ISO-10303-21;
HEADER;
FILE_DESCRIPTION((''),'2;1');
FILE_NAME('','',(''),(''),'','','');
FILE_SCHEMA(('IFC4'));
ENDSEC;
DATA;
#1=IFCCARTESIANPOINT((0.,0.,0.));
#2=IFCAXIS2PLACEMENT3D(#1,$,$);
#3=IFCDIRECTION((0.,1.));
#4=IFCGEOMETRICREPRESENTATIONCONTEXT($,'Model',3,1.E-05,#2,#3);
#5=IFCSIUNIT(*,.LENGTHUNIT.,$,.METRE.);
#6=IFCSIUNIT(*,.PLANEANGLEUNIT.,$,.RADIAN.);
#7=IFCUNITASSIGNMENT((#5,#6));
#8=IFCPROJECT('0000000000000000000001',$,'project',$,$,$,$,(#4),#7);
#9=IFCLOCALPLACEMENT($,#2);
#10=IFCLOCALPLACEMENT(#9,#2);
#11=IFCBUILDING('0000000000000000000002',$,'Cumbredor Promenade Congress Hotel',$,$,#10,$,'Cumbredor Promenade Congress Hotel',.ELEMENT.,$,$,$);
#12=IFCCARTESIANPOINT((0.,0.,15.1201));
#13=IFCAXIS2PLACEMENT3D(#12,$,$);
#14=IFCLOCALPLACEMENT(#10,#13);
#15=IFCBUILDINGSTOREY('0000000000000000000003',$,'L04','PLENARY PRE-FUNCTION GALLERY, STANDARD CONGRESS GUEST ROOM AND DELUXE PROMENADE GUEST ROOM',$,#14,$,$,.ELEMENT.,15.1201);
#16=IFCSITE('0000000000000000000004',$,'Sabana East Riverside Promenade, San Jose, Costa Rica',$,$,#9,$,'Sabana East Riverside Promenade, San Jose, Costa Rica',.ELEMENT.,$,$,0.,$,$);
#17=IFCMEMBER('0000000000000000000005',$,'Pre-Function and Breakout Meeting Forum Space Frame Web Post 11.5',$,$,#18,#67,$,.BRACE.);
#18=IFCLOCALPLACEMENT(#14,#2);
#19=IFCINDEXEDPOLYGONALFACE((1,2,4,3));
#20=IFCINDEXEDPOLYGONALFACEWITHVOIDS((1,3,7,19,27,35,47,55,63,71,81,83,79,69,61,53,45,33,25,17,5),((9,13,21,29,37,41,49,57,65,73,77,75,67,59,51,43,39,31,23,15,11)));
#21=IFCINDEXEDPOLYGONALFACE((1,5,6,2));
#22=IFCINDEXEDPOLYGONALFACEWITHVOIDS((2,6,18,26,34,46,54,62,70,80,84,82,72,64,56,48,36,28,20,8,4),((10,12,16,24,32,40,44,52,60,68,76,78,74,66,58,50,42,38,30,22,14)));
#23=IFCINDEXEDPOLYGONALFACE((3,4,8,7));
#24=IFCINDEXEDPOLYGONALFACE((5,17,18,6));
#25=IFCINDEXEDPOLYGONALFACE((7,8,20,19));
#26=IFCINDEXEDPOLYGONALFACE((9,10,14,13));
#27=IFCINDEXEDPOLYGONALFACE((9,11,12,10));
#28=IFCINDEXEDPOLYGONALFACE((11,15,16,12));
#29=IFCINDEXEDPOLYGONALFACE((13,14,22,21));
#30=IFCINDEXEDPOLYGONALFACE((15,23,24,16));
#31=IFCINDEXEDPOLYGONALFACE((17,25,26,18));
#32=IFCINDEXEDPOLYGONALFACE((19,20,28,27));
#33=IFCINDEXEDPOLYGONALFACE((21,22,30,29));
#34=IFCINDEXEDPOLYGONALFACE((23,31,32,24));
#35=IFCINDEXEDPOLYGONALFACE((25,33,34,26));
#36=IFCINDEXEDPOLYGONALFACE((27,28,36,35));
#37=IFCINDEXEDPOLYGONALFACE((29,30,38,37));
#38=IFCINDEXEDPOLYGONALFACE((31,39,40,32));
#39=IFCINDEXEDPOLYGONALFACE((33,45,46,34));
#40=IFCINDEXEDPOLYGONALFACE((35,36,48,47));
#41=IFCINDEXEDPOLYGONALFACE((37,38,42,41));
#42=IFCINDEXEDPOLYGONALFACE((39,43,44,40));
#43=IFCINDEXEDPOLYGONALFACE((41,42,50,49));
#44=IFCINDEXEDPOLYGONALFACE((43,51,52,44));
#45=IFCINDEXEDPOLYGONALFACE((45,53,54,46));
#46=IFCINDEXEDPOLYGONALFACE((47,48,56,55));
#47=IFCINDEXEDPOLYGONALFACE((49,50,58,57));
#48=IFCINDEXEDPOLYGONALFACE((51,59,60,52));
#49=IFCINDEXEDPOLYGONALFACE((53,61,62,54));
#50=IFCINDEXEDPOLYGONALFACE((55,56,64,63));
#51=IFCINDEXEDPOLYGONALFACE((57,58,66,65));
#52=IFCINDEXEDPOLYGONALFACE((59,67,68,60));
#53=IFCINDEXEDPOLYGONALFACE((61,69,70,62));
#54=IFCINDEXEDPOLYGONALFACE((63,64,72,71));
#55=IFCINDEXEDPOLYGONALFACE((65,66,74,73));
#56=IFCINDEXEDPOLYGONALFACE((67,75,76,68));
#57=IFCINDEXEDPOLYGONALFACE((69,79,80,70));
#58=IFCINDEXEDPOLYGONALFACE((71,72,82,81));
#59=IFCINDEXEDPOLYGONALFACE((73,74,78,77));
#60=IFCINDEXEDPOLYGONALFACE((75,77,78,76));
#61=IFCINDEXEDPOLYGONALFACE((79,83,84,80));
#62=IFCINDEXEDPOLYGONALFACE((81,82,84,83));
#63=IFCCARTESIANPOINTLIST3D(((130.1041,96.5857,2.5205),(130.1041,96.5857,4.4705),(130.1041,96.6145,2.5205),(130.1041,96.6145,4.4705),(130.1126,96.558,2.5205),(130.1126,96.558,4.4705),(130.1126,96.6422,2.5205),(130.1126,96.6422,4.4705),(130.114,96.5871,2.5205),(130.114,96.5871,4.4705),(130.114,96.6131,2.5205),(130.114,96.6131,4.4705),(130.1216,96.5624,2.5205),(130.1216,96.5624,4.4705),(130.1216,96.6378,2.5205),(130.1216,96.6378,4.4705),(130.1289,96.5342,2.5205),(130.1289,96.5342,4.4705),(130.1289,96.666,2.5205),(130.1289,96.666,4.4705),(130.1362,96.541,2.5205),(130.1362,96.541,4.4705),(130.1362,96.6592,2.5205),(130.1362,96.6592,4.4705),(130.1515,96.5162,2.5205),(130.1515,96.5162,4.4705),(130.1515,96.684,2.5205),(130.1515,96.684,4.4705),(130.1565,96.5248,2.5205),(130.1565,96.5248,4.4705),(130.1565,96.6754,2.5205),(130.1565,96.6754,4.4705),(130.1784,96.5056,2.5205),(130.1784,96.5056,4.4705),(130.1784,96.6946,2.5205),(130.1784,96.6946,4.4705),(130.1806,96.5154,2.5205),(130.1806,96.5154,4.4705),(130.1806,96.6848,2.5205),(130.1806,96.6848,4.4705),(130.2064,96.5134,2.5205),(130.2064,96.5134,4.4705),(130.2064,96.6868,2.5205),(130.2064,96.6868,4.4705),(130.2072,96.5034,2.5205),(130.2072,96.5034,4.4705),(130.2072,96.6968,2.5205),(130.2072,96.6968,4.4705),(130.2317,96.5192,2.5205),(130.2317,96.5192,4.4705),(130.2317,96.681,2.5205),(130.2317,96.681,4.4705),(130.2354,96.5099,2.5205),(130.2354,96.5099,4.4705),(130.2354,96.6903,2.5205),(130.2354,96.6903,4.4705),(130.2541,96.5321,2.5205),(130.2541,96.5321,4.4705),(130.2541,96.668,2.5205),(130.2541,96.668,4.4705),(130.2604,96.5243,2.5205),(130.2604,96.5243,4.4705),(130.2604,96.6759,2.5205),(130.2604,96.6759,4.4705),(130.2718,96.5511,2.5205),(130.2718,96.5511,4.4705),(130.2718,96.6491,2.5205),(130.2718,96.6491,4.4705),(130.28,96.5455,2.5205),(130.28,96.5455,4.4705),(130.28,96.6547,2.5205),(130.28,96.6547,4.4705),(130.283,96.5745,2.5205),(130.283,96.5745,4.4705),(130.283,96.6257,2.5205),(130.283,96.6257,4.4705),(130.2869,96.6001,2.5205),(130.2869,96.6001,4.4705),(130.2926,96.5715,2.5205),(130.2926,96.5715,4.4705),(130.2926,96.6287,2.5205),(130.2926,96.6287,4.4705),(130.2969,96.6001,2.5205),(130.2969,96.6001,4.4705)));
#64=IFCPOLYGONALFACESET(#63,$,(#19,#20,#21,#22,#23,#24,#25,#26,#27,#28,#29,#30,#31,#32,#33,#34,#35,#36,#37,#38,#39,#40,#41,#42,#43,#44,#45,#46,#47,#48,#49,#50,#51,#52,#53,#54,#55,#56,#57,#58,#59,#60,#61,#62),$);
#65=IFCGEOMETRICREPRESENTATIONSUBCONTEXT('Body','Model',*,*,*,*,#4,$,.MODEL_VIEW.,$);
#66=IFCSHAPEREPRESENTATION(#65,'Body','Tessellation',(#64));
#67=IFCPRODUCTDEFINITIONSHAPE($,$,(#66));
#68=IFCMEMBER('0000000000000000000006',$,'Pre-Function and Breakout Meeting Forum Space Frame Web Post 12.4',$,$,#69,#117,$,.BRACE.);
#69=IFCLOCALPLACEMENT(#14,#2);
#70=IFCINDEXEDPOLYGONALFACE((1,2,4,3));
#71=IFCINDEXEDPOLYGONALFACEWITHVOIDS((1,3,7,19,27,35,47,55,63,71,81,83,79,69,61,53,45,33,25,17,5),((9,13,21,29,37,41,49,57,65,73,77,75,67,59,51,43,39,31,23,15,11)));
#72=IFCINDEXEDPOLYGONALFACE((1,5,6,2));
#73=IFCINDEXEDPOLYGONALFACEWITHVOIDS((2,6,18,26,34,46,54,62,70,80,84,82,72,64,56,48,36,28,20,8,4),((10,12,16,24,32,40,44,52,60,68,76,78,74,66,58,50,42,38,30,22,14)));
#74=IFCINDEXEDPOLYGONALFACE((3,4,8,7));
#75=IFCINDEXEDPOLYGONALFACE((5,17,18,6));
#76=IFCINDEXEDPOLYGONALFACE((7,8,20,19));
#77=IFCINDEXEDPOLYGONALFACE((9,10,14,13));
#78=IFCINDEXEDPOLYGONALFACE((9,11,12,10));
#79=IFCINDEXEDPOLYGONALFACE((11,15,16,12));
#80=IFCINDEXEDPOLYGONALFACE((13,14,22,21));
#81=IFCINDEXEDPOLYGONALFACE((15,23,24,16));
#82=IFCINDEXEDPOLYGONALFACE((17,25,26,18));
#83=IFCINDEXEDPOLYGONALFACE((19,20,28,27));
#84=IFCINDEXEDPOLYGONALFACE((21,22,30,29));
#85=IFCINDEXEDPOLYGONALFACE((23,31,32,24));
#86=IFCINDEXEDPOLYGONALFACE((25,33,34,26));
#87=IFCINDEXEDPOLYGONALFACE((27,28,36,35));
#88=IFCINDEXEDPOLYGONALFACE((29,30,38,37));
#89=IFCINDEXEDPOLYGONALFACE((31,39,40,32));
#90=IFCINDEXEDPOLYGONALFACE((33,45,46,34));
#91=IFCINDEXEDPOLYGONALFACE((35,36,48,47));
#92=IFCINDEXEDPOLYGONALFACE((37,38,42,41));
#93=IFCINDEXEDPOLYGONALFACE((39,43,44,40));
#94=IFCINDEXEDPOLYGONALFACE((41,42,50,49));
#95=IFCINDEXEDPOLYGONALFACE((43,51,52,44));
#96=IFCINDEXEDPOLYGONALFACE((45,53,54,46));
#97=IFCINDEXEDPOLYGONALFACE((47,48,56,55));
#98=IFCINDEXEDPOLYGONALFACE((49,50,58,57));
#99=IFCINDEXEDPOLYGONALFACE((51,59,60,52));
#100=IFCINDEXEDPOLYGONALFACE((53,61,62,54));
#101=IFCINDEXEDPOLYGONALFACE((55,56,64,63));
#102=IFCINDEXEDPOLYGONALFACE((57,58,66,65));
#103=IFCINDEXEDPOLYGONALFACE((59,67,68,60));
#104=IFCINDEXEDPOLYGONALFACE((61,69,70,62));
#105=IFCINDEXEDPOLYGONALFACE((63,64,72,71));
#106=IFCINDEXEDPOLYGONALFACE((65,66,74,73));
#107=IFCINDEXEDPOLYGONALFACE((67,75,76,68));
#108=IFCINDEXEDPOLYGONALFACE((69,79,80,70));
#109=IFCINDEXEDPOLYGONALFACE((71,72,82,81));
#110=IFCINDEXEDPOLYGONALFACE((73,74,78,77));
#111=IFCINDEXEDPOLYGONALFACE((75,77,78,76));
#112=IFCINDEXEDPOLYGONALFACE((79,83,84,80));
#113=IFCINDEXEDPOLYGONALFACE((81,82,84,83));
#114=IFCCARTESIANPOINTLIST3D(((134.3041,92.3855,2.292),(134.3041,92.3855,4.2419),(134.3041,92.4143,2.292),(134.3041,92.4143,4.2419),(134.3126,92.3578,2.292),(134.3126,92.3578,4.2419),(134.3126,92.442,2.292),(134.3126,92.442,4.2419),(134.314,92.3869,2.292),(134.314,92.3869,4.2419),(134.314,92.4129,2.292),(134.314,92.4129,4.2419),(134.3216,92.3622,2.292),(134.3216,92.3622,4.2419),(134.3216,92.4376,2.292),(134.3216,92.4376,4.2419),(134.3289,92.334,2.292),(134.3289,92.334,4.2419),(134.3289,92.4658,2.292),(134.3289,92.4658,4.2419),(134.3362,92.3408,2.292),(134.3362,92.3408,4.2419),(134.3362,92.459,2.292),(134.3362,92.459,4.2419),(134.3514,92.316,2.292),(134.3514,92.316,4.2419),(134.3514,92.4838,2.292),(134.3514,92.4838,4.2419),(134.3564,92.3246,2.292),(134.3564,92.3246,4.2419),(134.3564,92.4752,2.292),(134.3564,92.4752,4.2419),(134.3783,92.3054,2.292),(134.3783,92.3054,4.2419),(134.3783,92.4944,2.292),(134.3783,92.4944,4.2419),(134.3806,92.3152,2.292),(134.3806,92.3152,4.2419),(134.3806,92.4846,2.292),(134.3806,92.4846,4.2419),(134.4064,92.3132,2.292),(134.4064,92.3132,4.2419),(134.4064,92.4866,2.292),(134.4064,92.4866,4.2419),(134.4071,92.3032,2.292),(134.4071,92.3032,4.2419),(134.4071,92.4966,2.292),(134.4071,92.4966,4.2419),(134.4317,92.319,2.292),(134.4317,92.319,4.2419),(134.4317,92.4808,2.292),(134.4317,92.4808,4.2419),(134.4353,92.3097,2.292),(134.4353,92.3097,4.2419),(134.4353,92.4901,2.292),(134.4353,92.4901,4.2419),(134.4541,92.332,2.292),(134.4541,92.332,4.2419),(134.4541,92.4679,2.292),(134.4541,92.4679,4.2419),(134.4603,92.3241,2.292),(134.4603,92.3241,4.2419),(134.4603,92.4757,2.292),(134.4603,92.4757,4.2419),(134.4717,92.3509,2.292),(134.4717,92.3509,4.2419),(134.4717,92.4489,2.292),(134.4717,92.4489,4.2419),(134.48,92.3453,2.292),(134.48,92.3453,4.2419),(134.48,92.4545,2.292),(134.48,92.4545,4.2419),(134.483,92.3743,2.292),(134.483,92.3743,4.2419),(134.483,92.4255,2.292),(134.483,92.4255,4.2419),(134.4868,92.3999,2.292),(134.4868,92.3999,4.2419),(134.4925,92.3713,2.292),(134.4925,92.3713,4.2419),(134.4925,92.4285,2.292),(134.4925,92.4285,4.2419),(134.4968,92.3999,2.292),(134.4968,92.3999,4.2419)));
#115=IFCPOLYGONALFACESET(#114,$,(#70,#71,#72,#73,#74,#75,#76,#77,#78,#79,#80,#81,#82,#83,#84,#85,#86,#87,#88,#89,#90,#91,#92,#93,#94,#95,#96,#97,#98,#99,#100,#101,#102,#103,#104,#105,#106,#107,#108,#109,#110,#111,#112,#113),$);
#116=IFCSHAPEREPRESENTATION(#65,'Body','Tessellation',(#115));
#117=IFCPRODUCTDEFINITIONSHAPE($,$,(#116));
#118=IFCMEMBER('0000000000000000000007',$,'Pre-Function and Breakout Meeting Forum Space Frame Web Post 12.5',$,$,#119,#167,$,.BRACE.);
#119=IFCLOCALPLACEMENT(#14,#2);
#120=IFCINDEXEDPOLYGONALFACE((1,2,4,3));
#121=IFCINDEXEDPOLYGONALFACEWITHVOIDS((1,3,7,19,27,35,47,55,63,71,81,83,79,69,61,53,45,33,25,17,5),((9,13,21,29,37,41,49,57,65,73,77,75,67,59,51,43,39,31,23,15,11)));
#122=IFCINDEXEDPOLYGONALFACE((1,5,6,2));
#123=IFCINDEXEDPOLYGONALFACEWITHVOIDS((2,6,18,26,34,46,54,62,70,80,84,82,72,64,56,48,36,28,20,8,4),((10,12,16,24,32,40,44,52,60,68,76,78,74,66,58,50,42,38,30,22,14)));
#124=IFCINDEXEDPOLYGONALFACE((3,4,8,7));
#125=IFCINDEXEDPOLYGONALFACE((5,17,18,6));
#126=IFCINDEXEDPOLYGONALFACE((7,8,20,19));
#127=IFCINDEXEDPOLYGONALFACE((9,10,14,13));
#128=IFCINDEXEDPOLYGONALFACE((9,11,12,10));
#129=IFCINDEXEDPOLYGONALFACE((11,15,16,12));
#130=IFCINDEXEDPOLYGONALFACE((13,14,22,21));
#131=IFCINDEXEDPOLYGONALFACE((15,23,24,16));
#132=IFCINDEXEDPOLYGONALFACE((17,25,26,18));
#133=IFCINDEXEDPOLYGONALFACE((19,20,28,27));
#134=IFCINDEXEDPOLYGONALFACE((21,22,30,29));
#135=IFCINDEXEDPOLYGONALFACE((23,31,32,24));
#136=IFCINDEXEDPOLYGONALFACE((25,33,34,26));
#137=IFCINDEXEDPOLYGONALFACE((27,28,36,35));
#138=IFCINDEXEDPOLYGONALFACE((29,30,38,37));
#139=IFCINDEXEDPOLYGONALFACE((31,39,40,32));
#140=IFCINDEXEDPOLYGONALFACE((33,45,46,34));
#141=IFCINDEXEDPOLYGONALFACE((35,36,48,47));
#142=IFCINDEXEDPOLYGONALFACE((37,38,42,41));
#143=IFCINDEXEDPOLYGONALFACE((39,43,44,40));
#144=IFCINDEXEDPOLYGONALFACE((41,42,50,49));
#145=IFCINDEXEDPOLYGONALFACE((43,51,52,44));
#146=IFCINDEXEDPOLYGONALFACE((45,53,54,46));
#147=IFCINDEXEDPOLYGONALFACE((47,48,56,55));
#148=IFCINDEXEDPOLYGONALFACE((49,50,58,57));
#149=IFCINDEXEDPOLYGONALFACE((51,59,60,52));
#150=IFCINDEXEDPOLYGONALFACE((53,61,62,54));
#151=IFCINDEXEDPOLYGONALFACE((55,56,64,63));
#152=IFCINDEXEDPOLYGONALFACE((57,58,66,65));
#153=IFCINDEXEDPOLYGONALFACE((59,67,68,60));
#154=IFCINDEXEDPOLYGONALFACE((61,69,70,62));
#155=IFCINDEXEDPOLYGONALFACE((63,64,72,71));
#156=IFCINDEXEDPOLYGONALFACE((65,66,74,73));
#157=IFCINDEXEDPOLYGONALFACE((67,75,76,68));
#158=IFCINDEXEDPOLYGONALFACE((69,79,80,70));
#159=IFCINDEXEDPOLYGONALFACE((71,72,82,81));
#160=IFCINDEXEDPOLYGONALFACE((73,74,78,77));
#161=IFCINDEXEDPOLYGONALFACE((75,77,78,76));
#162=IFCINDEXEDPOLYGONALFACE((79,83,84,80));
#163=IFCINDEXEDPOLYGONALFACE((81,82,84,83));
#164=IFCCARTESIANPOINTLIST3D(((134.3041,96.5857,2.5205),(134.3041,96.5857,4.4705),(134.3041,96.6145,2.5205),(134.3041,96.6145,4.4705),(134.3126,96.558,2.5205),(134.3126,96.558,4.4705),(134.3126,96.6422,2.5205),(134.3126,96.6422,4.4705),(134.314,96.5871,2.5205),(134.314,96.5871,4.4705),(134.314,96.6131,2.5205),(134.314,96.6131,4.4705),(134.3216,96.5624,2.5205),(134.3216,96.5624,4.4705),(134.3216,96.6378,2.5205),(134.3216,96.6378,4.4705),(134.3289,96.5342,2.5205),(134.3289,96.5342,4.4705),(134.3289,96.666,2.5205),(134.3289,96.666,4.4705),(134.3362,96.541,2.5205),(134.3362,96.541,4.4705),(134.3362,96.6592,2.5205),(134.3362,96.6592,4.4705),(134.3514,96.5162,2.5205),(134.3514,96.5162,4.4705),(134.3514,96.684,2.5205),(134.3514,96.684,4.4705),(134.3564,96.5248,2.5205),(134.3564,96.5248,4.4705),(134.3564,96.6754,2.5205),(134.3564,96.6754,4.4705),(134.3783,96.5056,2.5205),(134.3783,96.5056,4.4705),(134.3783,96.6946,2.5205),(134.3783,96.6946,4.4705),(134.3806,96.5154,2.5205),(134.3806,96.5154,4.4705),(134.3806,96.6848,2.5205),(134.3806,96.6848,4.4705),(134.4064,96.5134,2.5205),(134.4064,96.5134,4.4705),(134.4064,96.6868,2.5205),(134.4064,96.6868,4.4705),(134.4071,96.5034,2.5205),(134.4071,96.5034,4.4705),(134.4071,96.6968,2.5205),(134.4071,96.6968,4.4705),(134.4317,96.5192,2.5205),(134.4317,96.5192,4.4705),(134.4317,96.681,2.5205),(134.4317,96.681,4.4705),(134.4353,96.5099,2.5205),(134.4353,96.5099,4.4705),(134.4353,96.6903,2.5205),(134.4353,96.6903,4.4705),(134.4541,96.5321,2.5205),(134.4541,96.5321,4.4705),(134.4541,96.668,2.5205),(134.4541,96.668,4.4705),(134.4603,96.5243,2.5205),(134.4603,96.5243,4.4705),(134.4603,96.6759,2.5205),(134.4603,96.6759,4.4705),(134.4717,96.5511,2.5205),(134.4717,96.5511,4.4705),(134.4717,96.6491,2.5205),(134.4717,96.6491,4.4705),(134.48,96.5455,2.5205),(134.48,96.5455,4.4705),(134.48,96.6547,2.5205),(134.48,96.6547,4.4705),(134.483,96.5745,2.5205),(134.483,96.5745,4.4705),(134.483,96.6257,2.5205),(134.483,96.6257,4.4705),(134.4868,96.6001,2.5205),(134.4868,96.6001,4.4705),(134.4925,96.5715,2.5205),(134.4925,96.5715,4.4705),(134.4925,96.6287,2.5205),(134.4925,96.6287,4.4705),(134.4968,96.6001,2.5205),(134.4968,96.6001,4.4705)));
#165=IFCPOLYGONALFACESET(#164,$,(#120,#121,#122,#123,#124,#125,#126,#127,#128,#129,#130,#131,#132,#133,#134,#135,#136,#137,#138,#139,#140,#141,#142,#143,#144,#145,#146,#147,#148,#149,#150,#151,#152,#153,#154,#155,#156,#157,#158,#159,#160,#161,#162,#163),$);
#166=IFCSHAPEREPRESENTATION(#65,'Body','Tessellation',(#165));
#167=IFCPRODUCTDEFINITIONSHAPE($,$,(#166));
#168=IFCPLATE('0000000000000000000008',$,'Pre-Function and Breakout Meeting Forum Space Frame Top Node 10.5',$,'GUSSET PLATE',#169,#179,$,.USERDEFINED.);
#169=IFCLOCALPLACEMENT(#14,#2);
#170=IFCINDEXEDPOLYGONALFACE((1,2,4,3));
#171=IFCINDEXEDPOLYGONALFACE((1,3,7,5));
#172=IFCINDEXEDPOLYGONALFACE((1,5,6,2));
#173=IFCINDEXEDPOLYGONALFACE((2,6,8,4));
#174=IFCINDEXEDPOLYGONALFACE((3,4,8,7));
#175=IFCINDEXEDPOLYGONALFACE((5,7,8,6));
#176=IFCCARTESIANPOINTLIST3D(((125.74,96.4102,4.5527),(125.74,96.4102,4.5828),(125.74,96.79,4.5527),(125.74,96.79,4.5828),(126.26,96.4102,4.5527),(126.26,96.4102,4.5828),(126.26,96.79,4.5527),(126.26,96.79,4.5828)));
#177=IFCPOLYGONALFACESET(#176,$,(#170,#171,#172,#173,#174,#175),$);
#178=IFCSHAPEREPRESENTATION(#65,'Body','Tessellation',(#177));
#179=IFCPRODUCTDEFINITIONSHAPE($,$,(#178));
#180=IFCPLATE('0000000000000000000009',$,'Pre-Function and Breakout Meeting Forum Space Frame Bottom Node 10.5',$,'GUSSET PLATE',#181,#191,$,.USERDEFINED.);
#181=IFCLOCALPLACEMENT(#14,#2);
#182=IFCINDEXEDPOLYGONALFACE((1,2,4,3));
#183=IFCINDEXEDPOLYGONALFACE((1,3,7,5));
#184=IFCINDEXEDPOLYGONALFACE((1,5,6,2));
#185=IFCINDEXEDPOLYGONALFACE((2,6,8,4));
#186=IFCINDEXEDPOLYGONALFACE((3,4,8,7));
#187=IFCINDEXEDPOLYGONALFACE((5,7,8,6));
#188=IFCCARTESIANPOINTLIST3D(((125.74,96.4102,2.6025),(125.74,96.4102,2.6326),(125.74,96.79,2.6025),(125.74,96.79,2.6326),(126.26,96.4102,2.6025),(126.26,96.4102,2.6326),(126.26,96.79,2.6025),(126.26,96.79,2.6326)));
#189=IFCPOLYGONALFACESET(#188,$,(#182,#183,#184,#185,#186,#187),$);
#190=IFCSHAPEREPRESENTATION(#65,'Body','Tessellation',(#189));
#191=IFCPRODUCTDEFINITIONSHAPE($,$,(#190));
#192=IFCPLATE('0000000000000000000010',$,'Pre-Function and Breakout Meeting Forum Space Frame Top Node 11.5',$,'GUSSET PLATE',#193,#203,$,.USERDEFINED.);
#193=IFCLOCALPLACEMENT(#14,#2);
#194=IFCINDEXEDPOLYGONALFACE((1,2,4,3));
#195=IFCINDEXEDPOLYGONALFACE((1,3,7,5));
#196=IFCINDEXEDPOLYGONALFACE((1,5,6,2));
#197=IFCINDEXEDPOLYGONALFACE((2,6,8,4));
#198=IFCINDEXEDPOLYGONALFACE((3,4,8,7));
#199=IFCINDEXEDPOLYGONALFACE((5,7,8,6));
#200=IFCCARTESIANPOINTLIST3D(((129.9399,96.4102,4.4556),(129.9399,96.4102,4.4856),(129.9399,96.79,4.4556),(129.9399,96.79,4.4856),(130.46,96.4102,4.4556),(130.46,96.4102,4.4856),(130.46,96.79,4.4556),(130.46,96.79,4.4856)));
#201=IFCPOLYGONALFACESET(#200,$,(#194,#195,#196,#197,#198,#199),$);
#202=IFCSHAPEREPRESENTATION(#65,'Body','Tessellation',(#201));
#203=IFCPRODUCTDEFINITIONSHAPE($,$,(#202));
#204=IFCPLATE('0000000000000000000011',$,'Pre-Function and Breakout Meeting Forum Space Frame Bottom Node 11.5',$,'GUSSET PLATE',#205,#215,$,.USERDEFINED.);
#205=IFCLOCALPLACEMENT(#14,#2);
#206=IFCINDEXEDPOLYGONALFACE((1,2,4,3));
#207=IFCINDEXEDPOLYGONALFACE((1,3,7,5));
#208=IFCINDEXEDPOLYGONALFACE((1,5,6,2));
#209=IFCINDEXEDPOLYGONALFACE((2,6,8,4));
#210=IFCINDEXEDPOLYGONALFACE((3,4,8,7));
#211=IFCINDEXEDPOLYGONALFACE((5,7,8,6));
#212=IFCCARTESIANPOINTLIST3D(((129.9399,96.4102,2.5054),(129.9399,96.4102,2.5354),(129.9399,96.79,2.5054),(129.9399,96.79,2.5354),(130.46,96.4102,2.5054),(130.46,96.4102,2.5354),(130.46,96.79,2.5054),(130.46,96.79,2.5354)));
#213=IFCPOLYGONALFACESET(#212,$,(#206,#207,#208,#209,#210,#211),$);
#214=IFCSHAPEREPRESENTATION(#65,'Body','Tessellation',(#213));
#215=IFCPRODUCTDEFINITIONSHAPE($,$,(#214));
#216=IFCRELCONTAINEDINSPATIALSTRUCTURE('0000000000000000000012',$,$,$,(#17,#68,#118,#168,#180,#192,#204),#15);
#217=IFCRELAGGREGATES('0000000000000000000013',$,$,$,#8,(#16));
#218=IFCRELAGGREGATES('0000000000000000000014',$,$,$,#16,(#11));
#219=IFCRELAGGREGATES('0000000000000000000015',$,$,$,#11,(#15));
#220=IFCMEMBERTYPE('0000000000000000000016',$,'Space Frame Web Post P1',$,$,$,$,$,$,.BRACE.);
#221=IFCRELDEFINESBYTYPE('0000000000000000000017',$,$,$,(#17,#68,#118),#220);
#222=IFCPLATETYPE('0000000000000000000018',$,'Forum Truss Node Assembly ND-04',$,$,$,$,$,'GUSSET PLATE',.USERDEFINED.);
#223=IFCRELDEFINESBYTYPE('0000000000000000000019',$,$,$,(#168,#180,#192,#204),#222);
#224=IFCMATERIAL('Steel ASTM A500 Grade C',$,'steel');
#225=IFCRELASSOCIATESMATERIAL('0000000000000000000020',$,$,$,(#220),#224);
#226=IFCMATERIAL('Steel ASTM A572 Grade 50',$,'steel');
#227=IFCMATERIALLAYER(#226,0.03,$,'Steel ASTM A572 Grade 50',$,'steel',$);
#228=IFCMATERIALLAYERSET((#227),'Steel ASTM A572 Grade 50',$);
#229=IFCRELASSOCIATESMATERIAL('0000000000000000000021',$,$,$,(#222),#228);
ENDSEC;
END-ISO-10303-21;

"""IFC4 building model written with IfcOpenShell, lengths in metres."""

from ifc_helpers import new_model, si_unit, direction, frame, origin, origin_2d, place, context, subcontext, project, spatial, rectangle, hollow_circle, extrude, material, layer, layer_set, material_profile, profile_set, type_object, element, save


model = new_model("IFC4")

# Units and contexts
model_context = context("Model", 3, precision=1e-05, world=origin(), true_north=direction((0.0, 1.0)))
body_context = subcontext(model_context, "Body", "Model", "MODEL_VIEW")
ifc_project = project(units=[si_unit("LENGTHUNIT", "METRE"), si_unit("PLANEANGLEUNIT", "RADIAN")], contexts=[model_context])

# Site, building, storey
site_placement = place(None, origin())
site = spatial("IfcSite", under=ifc_project, at=site_placement, Name="Sabana East Riverside Promenade, San Jose, Costa Rica", LongName="Sabana East Riverside Promenade, San Jose, Costa Rica", CompositionType="ELEMENT", RefElevation=0.0)
building_placement = place(site_placement, origin())
building = spatial("IfcBuilding", under=site, at=building_placement, Name="Cumbredor Promenade Congress Hotel", LongName="Cumbredor Promenade Congress Hotel", CompositionType="ELEMENT")
storey_placement = place(building_placement, frame((0.0, 0.0, 15.1201)))
storey = spatial("IfcBuildingStorey", under=building, at=storey_placement, Name="L04", Description="PLENARY PRE-FUNCTION GALLERY, STANDARD CONGRESS GUEST ROOM AND DELUXE PROMENADE GUEST ROOM", CompositionType="ELEMENT", Elevation=15.1201)

# Members
ifc_material_1 = material(Name="Steel ASTM A500 Grade C", Category="steel")
ifc_material_profile_1 = material_profile(ifc_material_1, hollow_circle(Radius=0.0969, WallThickness=0.01, at=origin_2d()), Name="CHS 193.7x10")
ifc_profile_set_1 = profile_set([ifc_material_profile_1], Name="Steel ASTM A500 Grade C")
member_type_1 = type_object("IfcMemberType", Name="Space Frame Web Post P1", PredefinedType="BRACE", material=ifc_profile_set_1)
for number, where, z_axis, x_axis, name in (
    (1, (130.2, 96.6001, 2.5205), (0.0, 0.0, 1.0), (1.0, 0.0, 0.0), "Pre-Function and Breakout Meeting Forum Space Frame Web Post 11.5"),
    (2, (134.3999, 92.3999, 2.292), (0.0, 0.0, 1.0), (1.0, 0.0, 0.0), "Pre-Function and Breakout Meeting Forum Space Frame Web Post 12.4"),
    (3, (134.3999, 96.6001, 2.5205), (0.0, 0.0, 1.0), (1.0, 0.0, 0.0), "Pre-Function and Breakout Meeting Forum Space Frame Web Post 12.5"),
):
    element("IfcMember", number, at=place(storey_placement, frame(where, z_axis=z_axis, x_axis=x_axis)), inside=storey, type_object=member_type_1, Name=name, PredefinedType="BRACE", context=body_context, shape_type="SweptSolid", body=[
        extrude(hollow_circle(Radius=0.0969, WallThickness=0.01, at=origin_2d()), origin(), (0.0, 0.0, 1.0), 1.95),
    ])

# Plates
ifc_material_2 = material(Name="Steel ASTM A572 Grade 50", Category="steel")
ifc_layer = layer(ifc_material_2, 0.03, Name="Steel ASTM A572 Grade 50", Category="steel")
ifc_layer_set = layer_set([ifc_layer], Name="Steel ASTM A572 Grade 50")
plate_type = type_object("IfcPlateType", Name="Forum Truss Node Assembly ND-04", ElementType="GUSSET PLATE", PredefinedType="USERDEFINED", material=ifc_layer_set)
for number, where, z_axis, x_axis, name in (
    (4, (126.0, 96.6001, 4.5527), (0.0, 0.0, 1.0), (1.0, 0.0, 0.0), "Pre-Function and Breakout Meeting Forum Space Frame Top Node 10.5"),
    (5, (126.0, 96.6001, 2.6025), (0.0, 0.0, 1.0), (1.0, 0.0, 0.0), "Pre-Function and Breakout Meeting Forum Space Frame Bottom Node 10.5"),
    (6, (130.2, 96.6001, 4.4556), (0.0, 0.0, 1.0), (1.0, 0.0, 0.0), "Pre-Function and Breakout Meeting Forum Space Frame Top Node 11.5"),
    (7, (130.2, 96.6001, 2.5054), (0.0, 0.0, 1.0), (1.0, 0.0, 0.0), "Pre-Function and Breakout Meeting Forum Space Frame Bottom Node 11.5"),
):
    element("IfcPlate", number, at=place(storey_placement, frame(where, z_axis=z_axis, x_axis=x_axis)), inside=storey, type_object=plate_type, Name=name, ObjectType="GUSSET PLATE", PredefinedType="USERDEFINED", context=body_context, shape_type="SweptSolid", body=[
        extrude(rectangle(XDim=0.52, YDim=0.3799, at=origin_2d()), origin(), (0.0, 0.0, 1.0), 0.03),
    ])

save(model, "model.ifc")
